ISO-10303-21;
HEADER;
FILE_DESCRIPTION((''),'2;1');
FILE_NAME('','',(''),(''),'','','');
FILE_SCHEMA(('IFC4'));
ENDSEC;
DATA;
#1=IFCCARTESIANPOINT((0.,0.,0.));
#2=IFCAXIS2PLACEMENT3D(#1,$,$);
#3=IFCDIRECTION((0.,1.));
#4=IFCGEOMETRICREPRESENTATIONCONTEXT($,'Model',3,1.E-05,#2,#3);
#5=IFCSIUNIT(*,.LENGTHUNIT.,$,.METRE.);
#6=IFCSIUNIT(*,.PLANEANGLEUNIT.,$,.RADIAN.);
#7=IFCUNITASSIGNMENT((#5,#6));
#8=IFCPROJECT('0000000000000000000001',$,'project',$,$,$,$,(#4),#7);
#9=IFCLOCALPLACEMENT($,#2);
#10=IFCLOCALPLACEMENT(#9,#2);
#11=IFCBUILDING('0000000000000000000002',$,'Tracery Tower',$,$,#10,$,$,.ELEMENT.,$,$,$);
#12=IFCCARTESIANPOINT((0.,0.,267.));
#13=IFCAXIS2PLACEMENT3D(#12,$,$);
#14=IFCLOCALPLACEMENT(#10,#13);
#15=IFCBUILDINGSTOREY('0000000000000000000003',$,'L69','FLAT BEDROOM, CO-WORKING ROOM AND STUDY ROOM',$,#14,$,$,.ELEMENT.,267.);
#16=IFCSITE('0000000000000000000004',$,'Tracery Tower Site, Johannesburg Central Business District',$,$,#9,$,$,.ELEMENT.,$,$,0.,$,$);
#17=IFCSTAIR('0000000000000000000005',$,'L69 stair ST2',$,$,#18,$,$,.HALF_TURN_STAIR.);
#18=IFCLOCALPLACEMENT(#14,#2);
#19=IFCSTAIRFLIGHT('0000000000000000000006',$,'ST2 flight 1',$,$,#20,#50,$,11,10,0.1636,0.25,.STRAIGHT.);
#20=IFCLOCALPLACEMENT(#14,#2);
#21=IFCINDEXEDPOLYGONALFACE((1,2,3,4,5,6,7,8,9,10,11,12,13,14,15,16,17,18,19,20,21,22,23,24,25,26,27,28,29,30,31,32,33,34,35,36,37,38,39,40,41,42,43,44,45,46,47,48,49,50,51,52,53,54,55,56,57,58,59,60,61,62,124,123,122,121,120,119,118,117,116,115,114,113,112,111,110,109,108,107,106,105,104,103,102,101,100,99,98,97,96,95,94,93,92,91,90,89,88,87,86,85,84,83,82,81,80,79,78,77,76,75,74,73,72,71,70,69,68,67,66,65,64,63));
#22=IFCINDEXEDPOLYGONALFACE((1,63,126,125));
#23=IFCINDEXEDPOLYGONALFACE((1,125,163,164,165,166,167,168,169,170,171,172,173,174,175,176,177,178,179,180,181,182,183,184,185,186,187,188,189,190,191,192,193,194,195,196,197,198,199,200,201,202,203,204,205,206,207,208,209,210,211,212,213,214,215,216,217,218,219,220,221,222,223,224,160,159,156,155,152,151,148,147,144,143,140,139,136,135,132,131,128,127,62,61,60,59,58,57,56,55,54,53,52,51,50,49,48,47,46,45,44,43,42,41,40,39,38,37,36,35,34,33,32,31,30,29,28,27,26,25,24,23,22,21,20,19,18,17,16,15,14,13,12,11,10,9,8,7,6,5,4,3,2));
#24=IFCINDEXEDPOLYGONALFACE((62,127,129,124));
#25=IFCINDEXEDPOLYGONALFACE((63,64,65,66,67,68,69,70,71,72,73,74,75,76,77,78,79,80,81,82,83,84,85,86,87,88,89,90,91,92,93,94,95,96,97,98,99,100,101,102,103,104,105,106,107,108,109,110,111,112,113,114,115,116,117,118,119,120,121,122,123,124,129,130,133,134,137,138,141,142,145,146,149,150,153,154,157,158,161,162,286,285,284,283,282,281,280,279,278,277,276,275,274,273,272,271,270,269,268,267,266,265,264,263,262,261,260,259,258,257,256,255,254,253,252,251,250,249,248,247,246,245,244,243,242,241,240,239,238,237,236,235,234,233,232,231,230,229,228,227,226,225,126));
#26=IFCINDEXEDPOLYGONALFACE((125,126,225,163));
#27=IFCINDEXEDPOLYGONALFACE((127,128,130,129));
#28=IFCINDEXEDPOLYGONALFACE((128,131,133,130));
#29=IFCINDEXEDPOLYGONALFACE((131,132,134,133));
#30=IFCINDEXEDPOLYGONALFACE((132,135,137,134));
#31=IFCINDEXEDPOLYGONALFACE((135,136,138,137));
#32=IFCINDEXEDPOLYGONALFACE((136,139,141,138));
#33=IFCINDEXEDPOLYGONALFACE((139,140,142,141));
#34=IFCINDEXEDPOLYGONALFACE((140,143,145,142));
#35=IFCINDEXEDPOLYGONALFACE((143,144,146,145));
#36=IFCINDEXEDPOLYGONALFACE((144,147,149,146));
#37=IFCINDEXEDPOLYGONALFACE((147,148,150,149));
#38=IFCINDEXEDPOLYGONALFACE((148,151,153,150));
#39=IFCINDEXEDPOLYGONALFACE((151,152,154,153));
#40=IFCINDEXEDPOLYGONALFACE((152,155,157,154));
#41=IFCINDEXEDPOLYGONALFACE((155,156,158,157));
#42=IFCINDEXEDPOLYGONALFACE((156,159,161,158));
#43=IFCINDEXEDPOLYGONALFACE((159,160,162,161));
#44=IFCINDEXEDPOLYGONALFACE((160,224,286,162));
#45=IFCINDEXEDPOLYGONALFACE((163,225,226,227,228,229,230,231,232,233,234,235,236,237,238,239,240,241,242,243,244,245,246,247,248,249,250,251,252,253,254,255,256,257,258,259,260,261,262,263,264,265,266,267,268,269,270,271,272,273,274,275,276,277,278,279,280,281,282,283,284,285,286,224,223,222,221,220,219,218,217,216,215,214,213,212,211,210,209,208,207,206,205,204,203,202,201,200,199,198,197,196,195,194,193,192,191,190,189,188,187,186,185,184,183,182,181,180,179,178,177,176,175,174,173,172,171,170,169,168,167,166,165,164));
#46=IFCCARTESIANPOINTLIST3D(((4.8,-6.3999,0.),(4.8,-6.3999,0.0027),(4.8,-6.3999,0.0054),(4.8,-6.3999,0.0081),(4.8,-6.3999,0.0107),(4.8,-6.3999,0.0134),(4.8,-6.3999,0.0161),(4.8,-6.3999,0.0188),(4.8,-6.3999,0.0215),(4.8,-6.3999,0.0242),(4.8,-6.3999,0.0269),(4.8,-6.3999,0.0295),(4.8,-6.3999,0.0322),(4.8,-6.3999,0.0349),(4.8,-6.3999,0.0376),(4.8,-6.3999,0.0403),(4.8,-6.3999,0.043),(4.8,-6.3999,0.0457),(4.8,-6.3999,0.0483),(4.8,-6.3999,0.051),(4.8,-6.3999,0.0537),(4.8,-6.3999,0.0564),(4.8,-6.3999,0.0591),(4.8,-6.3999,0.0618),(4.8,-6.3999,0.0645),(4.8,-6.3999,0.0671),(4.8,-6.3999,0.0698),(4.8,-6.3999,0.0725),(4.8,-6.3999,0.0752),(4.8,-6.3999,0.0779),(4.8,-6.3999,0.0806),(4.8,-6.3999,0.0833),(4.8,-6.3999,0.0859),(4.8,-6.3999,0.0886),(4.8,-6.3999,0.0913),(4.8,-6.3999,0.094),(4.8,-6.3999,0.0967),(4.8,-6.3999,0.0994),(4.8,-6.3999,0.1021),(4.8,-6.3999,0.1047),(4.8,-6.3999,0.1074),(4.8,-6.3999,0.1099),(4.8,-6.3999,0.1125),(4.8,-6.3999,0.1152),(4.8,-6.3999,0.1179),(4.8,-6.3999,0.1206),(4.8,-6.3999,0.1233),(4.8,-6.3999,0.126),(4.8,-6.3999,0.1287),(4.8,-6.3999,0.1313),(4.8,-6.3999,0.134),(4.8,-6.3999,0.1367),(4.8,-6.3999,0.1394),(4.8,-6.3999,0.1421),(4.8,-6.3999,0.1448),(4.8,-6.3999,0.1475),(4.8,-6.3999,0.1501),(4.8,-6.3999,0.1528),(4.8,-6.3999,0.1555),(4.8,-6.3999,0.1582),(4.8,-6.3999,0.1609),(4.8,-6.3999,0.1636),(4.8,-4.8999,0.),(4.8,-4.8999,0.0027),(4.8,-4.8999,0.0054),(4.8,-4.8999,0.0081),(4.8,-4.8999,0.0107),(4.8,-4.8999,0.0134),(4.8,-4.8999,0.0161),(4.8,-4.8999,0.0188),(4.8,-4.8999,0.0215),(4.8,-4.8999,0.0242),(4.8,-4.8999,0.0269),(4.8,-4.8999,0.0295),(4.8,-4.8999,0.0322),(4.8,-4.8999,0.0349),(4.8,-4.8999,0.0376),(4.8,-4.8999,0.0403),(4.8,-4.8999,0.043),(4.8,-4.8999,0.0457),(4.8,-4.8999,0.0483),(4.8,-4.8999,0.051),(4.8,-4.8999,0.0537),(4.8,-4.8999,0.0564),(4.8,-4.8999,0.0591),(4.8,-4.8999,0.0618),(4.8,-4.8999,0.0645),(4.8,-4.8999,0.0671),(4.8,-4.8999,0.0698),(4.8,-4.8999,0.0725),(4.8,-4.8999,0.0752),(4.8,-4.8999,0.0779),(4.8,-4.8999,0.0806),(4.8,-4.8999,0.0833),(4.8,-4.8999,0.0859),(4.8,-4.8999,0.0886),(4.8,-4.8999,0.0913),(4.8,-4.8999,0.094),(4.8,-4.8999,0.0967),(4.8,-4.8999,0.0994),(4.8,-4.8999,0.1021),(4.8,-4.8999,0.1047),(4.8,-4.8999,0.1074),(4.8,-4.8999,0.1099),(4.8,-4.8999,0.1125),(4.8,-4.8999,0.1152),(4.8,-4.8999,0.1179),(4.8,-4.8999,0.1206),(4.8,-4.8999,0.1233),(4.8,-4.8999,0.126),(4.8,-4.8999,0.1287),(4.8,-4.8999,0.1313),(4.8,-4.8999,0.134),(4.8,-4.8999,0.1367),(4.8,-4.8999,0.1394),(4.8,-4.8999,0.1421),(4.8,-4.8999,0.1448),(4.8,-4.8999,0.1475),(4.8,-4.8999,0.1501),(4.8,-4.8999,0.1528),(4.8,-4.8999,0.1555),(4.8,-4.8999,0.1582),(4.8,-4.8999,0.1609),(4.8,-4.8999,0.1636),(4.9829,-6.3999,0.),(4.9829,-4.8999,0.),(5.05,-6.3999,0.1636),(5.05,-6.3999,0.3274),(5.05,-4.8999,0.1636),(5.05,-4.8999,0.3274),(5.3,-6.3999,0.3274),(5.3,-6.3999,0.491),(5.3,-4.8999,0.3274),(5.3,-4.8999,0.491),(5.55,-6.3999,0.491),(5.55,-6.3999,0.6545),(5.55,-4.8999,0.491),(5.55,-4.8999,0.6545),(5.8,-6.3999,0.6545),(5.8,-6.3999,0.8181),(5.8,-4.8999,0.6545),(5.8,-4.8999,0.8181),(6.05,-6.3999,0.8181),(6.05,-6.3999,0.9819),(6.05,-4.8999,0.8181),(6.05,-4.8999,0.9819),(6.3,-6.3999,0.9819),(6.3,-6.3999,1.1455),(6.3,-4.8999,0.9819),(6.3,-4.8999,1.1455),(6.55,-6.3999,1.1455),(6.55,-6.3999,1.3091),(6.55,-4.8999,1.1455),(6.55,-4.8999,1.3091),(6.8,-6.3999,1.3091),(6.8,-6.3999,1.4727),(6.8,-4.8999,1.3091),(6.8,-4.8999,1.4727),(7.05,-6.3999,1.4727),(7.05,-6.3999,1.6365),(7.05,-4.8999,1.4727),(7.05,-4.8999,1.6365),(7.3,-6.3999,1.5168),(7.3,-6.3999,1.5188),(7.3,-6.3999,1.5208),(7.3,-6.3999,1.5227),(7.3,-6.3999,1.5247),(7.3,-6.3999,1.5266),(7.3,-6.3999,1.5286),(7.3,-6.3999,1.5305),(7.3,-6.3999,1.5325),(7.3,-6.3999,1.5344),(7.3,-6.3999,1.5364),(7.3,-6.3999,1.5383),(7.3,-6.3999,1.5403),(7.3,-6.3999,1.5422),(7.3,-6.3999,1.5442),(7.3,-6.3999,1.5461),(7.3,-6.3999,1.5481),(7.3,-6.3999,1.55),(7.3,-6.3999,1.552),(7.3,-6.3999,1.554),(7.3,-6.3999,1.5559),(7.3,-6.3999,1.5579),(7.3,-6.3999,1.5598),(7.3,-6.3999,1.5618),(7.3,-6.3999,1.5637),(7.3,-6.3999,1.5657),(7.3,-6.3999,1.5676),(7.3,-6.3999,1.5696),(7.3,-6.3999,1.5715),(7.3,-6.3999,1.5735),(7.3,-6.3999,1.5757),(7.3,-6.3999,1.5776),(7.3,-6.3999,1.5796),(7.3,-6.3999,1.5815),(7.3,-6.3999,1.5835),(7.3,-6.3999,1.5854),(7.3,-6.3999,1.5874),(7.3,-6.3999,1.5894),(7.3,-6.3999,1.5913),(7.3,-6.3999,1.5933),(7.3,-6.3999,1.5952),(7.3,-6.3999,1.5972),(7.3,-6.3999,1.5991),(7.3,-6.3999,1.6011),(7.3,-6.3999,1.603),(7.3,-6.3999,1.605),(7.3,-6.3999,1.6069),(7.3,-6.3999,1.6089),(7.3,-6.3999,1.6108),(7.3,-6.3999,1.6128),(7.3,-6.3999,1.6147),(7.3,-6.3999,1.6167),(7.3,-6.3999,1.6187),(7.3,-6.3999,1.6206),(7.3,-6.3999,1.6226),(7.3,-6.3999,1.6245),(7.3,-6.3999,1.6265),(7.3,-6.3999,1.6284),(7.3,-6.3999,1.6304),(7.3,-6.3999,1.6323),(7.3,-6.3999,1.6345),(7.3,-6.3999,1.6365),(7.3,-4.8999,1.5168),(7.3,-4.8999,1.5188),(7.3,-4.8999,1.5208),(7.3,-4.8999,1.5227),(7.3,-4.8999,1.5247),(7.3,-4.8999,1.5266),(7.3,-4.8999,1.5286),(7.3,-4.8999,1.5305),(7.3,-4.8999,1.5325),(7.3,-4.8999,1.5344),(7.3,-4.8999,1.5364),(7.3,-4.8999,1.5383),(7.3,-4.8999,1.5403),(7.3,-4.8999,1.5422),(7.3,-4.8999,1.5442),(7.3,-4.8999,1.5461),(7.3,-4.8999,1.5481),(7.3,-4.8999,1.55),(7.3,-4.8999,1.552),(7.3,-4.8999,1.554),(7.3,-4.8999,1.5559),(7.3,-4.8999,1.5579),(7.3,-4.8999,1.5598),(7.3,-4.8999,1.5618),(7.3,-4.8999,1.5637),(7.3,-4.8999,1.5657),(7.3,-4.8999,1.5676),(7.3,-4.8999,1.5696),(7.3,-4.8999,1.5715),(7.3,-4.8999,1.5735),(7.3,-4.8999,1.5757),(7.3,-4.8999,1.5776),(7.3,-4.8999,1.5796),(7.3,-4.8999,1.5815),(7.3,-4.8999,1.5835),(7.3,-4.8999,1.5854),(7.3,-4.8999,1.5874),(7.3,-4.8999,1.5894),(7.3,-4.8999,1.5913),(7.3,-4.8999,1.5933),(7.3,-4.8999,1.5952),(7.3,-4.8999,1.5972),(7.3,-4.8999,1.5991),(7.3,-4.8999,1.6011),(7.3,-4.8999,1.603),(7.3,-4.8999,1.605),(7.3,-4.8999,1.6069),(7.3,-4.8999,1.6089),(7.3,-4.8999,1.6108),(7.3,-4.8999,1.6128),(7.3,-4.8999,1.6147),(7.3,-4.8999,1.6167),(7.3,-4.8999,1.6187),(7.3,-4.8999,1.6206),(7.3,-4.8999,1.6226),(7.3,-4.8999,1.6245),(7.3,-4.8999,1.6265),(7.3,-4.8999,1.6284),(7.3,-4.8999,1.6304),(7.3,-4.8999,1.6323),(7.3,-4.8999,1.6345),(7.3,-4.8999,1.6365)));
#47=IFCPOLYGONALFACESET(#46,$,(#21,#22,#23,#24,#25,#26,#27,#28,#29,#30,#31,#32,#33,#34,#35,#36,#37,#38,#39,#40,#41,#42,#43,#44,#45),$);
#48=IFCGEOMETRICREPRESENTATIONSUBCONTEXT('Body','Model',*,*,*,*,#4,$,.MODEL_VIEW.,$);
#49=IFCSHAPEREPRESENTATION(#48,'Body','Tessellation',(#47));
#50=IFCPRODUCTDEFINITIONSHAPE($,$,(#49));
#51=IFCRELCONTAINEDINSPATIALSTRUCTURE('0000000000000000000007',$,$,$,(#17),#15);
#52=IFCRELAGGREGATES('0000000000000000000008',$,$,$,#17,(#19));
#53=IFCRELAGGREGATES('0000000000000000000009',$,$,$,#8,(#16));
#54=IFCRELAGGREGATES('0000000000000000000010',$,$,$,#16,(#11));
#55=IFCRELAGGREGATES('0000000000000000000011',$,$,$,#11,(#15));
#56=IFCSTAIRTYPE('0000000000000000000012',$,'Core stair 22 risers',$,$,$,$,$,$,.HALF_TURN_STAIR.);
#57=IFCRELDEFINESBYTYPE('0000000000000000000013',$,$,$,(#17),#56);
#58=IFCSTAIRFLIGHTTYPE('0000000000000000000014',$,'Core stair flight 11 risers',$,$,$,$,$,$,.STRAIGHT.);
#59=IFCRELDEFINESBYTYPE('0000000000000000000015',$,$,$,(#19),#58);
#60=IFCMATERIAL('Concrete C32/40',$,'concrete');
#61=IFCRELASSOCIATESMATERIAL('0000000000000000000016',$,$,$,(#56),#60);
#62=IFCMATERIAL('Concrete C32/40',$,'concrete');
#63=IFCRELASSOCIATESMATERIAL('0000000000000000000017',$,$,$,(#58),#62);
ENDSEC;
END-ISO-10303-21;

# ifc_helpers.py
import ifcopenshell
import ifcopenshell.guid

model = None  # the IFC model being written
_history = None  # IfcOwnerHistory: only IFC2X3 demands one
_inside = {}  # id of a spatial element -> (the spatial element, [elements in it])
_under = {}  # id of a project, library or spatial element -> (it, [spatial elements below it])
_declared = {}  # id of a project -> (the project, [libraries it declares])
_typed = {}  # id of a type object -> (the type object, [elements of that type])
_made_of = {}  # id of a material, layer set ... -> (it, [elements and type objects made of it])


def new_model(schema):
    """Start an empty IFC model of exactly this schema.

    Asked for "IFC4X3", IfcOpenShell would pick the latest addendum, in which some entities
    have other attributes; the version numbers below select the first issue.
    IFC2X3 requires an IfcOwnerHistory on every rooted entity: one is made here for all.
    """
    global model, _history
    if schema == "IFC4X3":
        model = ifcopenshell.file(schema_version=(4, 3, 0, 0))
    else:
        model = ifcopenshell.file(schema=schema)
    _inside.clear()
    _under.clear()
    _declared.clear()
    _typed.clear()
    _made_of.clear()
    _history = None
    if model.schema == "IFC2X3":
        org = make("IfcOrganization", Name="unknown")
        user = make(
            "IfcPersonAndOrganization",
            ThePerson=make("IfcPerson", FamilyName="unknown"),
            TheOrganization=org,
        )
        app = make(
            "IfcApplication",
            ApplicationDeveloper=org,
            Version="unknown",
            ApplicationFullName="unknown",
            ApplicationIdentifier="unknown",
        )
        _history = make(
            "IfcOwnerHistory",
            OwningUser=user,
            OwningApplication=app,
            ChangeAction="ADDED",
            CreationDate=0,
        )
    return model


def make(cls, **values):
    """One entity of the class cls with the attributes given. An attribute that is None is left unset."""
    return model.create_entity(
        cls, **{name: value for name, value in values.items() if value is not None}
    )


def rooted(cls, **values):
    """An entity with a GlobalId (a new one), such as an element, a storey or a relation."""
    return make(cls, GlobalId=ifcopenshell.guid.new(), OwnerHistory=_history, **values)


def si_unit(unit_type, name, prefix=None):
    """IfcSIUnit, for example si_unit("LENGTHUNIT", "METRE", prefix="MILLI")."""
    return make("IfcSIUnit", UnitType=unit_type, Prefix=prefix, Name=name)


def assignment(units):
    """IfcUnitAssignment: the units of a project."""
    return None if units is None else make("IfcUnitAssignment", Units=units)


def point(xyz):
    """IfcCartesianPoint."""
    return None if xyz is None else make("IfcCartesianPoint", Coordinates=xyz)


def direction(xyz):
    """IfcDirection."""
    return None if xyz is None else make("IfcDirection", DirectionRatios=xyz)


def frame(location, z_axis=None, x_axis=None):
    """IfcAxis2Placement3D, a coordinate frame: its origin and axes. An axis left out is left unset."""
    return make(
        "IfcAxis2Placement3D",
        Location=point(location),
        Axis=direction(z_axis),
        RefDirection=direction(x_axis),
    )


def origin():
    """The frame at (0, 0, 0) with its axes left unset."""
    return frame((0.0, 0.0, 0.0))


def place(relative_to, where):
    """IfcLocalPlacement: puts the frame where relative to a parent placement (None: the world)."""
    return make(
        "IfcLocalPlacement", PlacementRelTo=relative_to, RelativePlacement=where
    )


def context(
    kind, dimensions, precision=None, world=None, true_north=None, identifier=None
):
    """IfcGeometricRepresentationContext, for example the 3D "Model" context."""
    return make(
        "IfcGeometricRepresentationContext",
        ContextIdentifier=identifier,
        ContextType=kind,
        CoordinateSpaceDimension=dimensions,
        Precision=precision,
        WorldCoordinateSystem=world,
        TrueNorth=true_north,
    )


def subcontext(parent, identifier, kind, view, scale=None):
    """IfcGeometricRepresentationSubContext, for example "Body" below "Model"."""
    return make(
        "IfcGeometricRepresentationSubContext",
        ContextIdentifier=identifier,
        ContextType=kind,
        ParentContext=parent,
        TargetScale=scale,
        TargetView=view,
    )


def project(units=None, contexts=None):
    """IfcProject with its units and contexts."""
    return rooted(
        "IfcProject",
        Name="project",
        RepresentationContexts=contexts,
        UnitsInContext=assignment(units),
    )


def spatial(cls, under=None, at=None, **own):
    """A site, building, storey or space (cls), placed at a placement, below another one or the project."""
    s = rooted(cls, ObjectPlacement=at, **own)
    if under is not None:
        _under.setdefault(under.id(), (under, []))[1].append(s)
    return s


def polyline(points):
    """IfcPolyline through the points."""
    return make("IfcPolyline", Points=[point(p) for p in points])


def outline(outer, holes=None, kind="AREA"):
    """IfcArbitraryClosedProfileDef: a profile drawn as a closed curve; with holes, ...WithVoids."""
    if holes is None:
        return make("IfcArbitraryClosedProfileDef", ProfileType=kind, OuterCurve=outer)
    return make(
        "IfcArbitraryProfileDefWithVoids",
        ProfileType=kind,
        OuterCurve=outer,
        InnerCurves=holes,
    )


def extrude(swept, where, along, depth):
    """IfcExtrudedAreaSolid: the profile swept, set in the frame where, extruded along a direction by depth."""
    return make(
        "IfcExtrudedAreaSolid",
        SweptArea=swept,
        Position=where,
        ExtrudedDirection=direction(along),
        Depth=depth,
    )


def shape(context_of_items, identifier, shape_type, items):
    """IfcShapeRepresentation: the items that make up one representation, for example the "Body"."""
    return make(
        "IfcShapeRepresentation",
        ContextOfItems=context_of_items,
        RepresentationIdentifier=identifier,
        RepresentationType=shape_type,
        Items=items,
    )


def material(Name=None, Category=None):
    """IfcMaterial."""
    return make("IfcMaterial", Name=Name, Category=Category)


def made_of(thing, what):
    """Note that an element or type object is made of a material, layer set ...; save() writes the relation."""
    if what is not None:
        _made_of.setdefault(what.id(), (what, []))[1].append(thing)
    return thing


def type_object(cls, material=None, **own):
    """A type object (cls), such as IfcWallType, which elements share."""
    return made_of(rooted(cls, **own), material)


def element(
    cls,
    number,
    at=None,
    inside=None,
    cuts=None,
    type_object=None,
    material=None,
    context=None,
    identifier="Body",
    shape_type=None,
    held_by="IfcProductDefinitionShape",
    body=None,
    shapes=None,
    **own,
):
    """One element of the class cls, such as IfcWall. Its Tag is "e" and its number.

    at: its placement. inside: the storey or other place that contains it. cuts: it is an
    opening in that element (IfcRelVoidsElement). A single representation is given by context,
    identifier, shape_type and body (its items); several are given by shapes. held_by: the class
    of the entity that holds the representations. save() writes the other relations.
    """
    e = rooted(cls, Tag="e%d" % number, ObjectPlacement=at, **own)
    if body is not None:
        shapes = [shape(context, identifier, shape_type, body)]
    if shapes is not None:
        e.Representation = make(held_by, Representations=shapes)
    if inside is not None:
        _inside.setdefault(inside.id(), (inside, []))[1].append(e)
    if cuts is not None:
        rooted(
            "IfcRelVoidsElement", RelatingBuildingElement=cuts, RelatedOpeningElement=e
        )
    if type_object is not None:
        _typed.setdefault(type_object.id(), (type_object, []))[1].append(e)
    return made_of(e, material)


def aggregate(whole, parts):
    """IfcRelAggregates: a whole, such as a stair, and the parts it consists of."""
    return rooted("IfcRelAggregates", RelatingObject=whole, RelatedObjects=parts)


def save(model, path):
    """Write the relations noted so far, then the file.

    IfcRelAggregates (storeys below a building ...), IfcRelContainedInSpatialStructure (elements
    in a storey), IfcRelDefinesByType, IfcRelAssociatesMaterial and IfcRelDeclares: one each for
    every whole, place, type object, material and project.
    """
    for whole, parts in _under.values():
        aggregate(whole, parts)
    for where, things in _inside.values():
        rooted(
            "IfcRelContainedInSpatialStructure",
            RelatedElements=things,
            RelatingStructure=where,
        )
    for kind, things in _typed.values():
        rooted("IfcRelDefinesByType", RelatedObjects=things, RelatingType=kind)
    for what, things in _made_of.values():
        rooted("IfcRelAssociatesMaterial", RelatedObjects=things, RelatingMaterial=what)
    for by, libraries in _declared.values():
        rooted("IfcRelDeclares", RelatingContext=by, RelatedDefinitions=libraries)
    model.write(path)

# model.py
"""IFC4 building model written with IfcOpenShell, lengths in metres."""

from ifc_helpers import new_model, si_unit, direction, frame, origin, place, context, subcontext, project, spatial, polyline, outline, extrude, material, type_object, element, aggregate, save


model = new_model("IFC4")

# Units and contexts
model_context = context("Model", 3, precision=1e-05, world=origin(), true_north=direction((0.0, 1.0)))
body_context = subcontext(model_context, "Body", "Model", "MODEL_VIEW")
ifc_project = project(units=[si_unit("LENGTHUNIT", "METRE"), si_unit("PLANEANGLEUNIT", "RADIAN")], contexts=[model_context])

# Site, building, storey
site_placement = place(None, origin())
site = spatial("IfcSite", under=ifc_project, at=site_placement, Name="Tracery Tower Site, Johannesburg Central Business District", CompositionType="ELEMENT", RefElevation=0.0)
building_placement = place(site_placement, origin())
building = spatial("IfcBuilding", under=site, at=building_placement, Name="Tracery Tower", CompositionType="ELEMENT")
storey_placement = place(building_placement, frame((0.0, 0.0, 267.0)))
storey = spatial("IfcBuildingStorey", under=building, at=storey_placement, Name="L69", Description="FLAT BEDROOM, CO-WORKING ROOM AND STUDY ROOM", CompositionType="ELEMENT", Elevation=267.0)

# Stair, stair flight
ifc_material_1 = material(Name="Concrete C32/40", Category="concrete")
stair_type = type_object("IfcStairType", Name="Core stair 22 risers", PredefinedType="HALF_TURN_STAIR", material=ifc_material_1)
stair_placement = place(storey_placement, origin())
stair = element("IfcStair", 1, at=stair_placement, inside=storey, type_object=stair_type, Name="L69 stair ST2", PredefinedType="HALF_TURN_STAIR")
ifc_material_2 = material(Name="Concrete C32/40", Category="concrete")
stair_flight_type = type_object("IfcStairFlightType", Name="Core stair flight 11 risers", PredefinedType="STRAIGHT", material=ifc_material_2)
stair_flight_1_placement = place(storey_placement, frame((4.8, -5.6499, 0.0), z_axis=(0.0, 0.0, 1.0), x_axis=(1.0, 0.0, 0.0)))
stair_flight_1 = element("IfcStairFlight", 2, at=stair_flight_1_placement, type_object=stair_flight_type, Name="ST2 flight 1", NumberOfRisers=11, NumberOfTreads=10, PredefinedType="STRAIGHT", RiserHeight=0.1636, TreadLength=0.25, context=body_context, shape_type="SweptSolid", body=[
    extrude(outline(polyline([(0.0, 0.0), (0.0, 0.0027), (0.0, 0.0054), (0.0, 0.0081), (0.0, 0.0107), (0.0, 0.0134), (0.0, 0.0161), (0.0, 0.0188), (0.0, 0.0215), (0.0, 0.0242), (0.0, 0.0269), (0.0, 0.0295), (0.0, 0.0322), (0.0, 0.0349), (0.0, 0.0376), (0.0, 0.0403), (0.0, 0.043), (0.0, 0.0457), (0.0, 0.0483), (0.0, 0.051), (0.0, 0.0537), (0.0, 0.0564), (0.0, 0.0591), (0.0, 0.0618), (0.0, 0.0645), (0.0, 0.0671), (0.0, 0.0698), (0.0, 0.0725), (0.0, 0.0752), (0.0, 0.0779), (0.0, 0.0806), (0.0, 0.0833), (0.0, 0.0859), (0.0, 0.0886), (0.0, 0.0913), (0.0, 0.094), (0.0, 0.0967), (0.0, 0.0994), (0.0, 0.1021), (0.0, 0.1047), (0.0, 0.1074), (0.0, 0.1099), (0.0, 0.1125), (0.0, 0.1152), (0.0, 0.1179), (0.0, 0.1206), (0.0, 0.1233), (0.0, 0.126), (0.0, 0.1287), (0.0, 0.1313), (0.0, 0.134), (0.0, 0.1367), (0.0, 0.1394), (0.0, 0.1421), (0.0, 0.1448), (0.0, 0.1475), (0.0, 0.1501), (0.0, 0.1528), (0.0, 0.1555), (0.0, 0.1582), (0.0, 0.1609), (0.0, 0.1636), (0.25, 0.1636), (0.25, 0.3274), (0.5, 0.3274), (0.5, 0.491), (0.75, 0.491), (0.75, 0.6545), (1.0, 0.6545), (1.0, 0.8181), (1.25, 0.8181), (1.25, 0.9819), (1.5, 0.9819), (1.5, 1.1455), (1.75, 1.1455), (1.75, 1.3091), (2.0, 1.3091), (2.0, 1.4727), (2.25, 1.4727), (2.25, 1.6365), (2.5, 1.6365), (2.5, 1.6345), (2.5, 1.6323), (2.5, 1.6304), (2.5, 1.6284), (2.5, 1.6265), (2.5, 1.6245), (2.5, 1.6226), (2.5, 1.6206), (2.5, 1.6187), (2.5, 1.6167), (2.5, 1.6147), (2.5, 1.6128), (2.5, 1.6108), (2.5, 1.6089), (2.5, 1.6069), (2.5, 1.605), (2.5, 1.603), (2.5, 1.6011), (2.5, 1.5991), (2.5, 1.5972), (2.5, 1.5952), (2.5, 1.5933), (2.5, 1.5913), (2.5, 1.5894), (2.5, 1.5874), (2.5, 1.5854), (2.5, 1.5835), (2.5, 1.5815), (2.5, 1.5796), (2.5, 1.5776), (2.5, 1.5757), (2.5, 1.5735), (2.5, 1.5715), (2.5, 1.5696), (2.5, 1.5676), (2.5, 1.5657), (2.5, 1.5637), (2.5, 1.5618), (2.5, 1.5598), (2.5, 1.5579), (2.5, 1.5559), (2.5, 1.554), (2.5, 1.552), (2.5, 1.55), (2.5, 1.5481), (2.5, 1.5461), (2.5, 1.5442), (2.5, 1.5422), (2.5, 1.5403), (2.5, 1.5383), (2.5, 1.5364), (2.5, 1.5344), (2.5, 1.5325), (2.5, 1.5305), (2.5, 1.5286), (2.5, 1.5266), (2.5, 1.5247), (2.5, 1.5227), (2.5, 1.5208), (2.5, 1.5188), (2.5, 1.5168), (0.1829, 0.0), (0.0, 0.0)])), frame((0.0, 0.75, 0.0), z_axis=(0.0, -1.0, 0.0), x_axis=(1.0, 0.0, 0.0)), (0.0, 0.0, 1.0), 1.5),
])
aggregate(stair, [stair_flight_1])

save(model, "model.ifc")
